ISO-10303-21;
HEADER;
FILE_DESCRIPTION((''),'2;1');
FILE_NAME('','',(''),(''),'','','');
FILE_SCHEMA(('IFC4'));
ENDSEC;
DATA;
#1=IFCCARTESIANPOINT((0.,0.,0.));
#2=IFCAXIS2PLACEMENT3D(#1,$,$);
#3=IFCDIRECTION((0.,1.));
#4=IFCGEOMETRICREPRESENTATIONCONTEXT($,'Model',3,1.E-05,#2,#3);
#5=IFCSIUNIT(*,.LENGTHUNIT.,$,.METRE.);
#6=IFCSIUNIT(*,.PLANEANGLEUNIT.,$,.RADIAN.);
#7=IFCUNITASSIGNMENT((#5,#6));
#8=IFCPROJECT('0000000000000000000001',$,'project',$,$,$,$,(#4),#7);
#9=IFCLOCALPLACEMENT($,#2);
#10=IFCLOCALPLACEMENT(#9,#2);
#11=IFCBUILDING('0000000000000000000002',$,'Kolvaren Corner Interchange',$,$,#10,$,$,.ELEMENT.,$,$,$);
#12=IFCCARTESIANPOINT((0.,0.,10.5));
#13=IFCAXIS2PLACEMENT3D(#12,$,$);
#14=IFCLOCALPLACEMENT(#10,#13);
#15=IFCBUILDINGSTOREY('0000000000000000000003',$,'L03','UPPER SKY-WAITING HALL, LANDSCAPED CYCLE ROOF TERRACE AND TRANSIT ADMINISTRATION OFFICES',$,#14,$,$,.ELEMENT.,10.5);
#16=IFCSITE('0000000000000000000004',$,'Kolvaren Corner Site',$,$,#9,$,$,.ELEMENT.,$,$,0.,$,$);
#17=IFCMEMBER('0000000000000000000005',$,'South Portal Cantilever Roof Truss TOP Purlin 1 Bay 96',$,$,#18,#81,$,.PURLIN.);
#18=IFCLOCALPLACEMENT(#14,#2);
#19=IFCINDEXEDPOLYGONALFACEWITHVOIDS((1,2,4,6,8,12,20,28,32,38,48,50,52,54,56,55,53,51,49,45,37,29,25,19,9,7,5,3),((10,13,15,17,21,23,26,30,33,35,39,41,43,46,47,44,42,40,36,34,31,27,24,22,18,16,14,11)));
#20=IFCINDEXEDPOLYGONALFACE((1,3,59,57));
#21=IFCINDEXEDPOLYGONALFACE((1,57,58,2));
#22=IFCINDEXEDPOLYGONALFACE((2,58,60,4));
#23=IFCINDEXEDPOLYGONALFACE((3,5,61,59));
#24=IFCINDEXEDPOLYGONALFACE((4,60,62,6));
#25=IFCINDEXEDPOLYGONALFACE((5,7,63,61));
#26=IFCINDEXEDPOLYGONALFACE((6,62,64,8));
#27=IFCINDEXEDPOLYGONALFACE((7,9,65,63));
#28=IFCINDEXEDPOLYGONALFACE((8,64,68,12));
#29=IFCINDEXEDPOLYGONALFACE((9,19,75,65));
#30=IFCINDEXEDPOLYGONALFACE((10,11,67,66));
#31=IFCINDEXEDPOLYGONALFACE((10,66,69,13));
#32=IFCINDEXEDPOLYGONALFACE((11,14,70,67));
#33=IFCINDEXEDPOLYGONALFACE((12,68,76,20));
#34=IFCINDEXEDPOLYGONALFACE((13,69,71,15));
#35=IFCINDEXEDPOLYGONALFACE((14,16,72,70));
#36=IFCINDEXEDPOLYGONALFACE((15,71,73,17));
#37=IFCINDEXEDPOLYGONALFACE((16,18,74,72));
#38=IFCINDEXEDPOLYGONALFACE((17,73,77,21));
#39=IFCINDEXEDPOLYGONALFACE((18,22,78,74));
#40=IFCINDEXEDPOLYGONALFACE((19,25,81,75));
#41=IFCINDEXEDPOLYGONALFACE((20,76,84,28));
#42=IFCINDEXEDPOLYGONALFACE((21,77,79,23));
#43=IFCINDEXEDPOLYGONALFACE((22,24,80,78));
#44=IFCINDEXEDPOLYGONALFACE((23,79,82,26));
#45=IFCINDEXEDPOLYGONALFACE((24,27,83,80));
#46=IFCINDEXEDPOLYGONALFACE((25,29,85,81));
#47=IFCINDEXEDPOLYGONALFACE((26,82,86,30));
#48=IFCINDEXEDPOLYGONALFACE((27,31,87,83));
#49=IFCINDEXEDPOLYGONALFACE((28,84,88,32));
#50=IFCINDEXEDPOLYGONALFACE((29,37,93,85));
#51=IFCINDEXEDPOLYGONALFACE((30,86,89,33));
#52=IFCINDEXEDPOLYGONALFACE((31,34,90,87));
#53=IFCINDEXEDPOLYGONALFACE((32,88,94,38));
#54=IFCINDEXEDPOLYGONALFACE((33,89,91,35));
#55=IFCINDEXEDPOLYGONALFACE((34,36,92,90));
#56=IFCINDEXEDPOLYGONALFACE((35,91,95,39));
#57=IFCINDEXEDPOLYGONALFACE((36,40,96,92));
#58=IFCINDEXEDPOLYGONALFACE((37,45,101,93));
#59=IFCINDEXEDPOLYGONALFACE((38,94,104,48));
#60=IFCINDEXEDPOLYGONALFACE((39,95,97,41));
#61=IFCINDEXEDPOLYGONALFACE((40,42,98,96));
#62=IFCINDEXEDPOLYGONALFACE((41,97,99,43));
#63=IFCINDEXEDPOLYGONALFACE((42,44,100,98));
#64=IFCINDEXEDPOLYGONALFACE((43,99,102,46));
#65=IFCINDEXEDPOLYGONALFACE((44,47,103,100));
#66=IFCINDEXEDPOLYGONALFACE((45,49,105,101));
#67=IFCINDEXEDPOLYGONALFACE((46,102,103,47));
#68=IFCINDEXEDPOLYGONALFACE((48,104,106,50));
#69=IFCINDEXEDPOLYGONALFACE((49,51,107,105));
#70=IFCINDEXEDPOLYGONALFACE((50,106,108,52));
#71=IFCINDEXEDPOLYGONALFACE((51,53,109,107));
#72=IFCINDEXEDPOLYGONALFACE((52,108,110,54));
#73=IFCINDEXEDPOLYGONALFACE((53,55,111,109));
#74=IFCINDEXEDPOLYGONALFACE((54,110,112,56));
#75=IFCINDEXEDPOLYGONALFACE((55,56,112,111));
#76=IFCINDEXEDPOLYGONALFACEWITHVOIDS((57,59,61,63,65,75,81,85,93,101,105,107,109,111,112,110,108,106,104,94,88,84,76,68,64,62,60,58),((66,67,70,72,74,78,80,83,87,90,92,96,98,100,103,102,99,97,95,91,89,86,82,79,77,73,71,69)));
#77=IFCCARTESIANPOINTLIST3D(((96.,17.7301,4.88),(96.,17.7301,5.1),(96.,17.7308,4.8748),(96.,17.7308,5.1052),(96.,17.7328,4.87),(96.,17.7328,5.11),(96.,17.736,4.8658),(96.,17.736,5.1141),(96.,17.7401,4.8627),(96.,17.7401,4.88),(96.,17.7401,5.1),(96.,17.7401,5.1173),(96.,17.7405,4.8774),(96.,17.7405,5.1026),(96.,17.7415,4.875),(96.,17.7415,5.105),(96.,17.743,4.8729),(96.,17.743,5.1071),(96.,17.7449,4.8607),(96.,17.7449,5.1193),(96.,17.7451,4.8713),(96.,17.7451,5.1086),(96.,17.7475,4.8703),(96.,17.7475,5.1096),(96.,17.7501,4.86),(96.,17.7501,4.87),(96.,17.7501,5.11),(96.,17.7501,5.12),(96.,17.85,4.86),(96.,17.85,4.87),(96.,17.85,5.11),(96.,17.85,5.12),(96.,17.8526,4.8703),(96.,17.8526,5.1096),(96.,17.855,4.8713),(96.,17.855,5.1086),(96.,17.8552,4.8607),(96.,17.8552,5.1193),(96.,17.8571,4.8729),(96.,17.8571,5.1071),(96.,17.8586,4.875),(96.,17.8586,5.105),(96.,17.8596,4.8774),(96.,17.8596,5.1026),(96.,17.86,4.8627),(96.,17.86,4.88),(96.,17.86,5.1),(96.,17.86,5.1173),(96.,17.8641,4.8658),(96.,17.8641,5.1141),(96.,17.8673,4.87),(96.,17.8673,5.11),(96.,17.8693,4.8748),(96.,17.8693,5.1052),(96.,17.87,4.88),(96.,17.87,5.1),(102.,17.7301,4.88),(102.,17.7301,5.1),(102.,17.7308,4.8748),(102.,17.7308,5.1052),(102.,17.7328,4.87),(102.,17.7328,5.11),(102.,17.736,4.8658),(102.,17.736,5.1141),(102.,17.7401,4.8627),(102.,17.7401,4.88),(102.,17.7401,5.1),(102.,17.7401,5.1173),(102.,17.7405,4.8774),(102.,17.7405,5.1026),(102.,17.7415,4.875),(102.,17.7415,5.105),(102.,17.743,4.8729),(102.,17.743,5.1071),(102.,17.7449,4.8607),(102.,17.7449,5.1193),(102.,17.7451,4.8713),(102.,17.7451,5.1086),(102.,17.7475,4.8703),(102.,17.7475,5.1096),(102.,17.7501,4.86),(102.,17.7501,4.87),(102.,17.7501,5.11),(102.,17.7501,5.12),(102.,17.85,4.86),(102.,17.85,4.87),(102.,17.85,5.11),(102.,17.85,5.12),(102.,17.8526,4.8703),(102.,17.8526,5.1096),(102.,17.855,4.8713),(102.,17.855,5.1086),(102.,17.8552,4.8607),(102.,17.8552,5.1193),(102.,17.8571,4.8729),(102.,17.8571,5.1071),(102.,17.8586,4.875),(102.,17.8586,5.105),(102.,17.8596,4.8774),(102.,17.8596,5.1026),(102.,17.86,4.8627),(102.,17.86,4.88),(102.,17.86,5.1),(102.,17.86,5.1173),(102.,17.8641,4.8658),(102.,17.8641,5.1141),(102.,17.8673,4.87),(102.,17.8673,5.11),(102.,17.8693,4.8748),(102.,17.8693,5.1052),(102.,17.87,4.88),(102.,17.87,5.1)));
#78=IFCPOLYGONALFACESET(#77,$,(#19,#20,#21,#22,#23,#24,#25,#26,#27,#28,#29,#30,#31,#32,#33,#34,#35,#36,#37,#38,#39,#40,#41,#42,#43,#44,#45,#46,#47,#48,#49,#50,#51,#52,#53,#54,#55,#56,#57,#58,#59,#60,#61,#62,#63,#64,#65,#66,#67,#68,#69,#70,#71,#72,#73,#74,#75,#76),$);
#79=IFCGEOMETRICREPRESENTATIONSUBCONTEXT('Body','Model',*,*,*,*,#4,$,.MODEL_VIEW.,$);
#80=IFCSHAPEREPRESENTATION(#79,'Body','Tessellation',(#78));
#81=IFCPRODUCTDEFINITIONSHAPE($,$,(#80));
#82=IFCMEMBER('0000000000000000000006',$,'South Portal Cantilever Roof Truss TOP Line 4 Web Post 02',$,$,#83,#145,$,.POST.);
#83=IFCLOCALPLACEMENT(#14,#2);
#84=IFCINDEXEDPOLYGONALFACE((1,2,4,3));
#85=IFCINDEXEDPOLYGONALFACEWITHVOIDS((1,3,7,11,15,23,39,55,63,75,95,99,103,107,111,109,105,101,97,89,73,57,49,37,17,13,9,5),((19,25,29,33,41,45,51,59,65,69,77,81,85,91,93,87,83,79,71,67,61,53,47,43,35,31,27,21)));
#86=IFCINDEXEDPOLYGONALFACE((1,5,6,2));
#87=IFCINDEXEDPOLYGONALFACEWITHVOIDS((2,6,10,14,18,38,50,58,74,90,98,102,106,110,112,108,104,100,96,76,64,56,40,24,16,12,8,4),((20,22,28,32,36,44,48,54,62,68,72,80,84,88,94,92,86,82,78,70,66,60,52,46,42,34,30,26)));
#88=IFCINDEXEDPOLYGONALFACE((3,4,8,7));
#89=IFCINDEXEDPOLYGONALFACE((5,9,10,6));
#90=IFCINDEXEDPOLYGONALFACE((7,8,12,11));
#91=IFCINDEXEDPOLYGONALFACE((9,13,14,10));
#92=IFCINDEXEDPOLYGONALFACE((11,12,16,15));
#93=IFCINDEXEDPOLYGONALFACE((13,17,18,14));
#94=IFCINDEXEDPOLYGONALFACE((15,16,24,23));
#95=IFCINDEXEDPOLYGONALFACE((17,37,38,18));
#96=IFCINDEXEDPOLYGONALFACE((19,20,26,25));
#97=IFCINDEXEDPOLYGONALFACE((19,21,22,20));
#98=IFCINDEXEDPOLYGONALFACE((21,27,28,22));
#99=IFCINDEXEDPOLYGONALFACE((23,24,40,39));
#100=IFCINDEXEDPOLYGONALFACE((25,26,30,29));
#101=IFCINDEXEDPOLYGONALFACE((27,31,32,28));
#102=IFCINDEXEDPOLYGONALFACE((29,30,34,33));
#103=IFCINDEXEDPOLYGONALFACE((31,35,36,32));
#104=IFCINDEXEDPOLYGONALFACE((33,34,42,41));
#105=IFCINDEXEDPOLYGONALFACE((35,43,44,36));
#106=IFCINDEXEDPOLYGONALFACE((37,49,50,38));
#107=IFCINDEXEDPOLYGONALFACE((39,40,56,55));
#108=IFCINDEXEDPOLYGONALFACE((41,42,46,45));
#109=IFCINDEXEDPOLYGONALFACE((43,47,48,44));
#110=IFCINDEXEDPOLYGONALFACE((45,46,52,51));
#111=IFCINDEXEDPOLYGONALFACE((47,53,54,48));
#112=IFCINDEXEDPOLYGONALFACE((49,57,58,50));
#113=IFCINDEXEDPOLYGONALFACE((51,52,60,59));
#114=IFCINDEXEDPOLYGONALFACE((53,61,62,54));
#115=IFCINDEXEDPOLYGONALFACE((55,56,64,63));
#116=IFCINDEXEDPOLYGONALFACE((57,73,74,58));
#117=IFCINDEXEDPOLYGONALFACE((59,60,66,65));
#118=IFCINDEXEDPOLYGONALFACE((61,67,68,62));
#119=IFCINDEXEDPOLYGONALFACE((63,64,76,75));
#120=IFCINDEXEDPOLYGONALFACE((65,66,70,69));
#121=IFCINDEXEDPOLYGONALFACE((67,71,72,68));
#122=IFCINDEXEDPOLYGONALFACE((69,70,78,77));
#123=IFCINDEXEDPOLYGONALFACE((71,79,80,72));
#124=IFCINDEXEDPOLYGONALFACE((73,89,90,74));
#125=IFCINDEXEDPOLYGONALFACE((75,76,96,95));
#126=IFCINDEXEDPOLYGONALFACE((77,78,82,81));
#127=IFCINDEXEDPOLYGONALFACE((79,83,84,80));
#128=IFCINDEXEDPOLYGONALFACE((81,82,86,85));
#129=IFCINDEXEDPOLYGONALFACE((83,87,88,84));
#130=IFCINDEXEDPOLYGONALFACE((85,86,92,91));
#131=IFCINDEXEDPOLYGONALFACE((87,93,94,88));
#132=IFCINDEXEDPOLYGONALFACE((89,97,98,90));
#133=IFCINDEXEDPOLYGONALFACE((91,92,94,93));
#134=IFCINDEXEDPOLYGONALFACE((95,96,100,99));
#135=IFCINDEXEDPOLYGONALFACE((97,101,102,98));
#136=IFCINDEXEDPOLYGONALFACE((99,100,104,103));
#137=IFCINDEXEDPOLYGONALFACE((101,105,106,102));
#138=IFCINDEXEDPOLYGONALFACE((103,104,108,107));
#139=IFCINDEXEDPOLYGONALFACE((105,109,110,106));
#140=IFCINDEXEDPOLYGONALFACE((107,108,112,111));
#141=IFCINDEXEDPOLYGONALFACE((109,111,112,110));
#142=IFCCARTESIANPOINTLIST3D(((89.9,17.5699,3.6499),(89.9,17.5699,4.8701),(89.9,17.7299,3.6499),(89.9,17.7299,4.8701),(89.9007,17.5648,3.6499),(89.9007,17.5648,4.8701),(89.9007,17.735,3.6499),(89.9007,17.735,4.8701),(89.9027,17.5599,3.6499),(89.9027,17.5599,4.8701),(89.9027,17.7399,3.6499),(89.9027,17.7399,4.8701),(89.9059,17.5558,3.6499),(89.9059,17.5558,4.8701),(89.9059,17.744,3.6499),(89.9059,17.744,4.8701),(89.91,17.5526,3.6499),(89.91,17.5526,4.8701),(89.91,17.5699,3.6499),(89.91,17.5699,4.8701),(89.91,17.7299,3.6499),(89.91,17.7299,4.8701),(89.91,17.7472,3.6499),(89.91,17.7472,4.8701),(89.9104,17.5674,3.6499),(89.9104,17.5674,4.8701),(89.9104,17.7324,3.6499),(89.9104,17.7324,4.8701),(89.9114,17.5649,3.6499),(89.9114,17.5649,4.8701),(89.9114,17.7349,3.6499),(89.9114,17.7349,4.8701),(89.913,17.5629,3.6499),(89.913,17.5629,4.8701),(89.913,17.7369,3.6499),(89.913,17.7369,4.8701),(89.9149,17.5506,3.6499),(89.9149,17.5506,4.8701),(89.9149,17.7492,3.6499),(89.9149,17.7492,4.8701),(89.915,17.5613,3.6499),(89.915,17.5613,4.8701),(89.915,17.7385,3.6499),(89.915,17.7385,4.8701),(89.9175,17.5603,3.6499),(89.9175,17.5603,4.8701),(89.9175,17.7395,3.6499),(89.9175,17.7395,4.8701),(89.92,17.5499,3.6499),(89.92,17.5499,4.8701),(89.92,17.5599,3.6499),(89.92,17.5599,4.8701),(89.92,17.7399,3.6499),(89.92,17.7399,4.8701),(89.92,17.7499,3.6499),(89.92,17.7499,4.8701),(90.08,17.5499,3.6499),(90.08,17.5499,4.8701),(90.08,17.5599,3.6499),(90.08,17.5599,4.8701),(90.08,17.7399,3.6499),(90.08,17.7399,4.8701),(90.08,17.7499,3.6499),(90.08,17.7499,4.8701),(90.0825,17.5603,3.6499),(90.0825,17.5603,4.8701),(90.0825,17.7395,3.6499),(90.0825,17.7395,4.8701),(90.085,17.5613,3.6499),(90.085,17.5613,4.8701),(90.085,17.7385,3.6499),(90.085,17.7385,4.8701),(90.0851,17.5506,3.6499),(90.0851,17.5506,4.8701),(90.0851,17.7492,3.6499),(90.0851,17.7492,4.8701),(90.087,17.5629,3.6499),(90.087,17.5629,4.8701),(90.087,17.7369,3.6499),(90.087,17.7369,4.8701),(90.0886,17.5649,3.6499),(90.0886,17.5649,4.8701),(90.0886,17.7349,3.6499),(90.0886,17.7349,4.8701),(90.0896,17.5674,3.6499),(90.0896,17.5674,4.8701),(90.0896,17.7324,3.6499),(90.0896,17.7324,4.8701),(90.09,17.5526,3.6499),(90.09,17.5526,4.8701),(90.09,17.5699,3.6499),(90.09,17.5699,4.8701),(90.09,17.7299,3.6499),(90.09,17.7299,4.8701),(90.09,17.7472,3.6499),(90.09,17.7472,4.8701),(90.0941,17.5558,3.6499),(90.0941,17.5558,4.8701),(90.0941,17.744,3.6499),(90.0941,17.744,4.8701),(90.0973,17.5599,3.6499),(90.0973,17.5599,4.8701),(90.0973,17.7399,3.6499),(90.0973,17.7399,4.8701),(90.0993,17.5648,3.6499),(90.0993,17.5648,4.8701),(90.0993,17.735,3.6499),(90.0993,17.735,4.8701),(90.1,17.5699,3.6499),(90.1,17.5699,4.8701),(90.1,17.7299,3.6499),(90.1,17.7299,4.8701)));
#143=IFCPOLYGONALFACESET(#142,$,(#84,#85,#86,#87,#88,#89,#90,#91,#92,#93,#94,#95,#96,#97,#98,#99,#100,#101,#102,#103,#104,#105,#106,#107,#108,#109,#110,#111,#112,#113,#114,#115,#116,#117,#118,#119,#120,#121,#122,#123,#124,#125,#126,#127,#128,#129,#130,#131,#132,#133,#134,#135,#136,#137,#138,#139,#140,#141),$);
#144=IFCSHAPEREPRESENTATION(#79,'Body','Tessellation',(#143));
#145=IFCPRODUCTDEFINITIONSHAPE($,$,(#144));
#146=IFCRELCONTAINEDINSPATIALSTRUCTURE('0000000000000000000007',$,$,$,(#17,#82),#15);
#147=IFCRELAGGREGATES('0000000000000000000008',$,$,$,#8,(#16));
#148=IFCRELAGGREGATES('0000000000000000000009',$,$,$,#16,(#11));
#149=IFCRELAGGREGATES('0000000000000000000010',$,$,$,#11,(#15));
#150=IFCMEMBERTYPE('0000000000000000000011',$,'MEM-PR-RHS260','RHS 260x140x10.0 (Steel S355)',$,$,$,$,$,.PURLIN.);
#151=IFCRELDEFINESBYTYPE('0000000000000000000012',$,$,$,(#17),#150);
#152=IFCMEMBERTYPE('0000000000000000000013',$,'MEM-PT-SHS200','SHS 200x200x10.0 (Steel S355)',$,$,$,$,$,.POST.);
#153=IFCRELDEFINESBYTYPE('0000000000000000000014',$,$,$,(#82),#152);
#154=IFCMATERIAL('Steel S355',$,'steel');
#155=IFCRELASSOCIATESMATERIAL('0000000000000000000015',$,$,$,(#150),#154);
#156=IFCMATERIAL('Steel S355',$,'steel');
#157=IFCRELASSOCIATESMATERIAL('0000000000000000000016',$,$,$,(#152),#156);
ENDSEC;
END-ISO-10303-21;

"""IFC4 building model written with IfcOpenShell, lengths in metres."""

from ifc_helpers import new_model, si_unit, direction, frame, origin, origin_2d, place, context, subcontext, project, spatial, hollow_rectangle, extrude, material, material_profile, profile_set, type_object, element, save


model = new_model("IFC4")

# Units and contexts
model_context = context("Model", 3, precision=1e-05, world=origin(), true_north=direction((0.0, 1.0)))
body_context = subcontext(model_context, "Body", "Model", "MODEL_VIEW")
ifc_project = project(units=[si_unit("LENGTHUNIT", "METRE"), si_unit("PLANEANGLEUNIT", "RADIAN")], contexts=[model_context])

# Site, building, storey
site_placement = place(None, origin())
site = spatial("IfcSite", under=ifc_project, at=site_placement, Name="Kolvaren Corner Site", CompositionType="ELEMENT", RefElevation=0.0)
building_placement = place(site_placement, origin())
building = spatial("IfcBuilding", under=site, at=building_placement, Name="Kolvaren Corner Interchange", CompositionType="ELEMENT")
storey_placement = place(building_placement, frame((0.0, 0.0, 10.5)))
storey = spatial("IfcBuildingStorey", under=building, at=storey_placement, Name="L03", Description="UPPER SKY-WAITING HALL, LANDSCAPED CYCLE ROOF TERRACE AND TRANSIT ADMINISTRATION OFFICES", CompositionType="ELEMENT", Elevation=10.5)

# Members
ifc_material_1 = material(Name="Steel S355", Category="steel")
ifc_material_profile_1 = material_profile(ifc_material_1, hollow_rectangle(XDim=0.1399, YDim=0.26, WallThickness=0.01, InnerFilletRadius=0.01, OuterFilletRadius=0.02, at=origin_2d()), Name="RHS 260x140x10.0")
ifc_profile_set_1 = profile_set([ifc_material_profile_1], Name="Steel S355")
member_type_1 = type_object("IfcMemberType", Name="MEM-PR-RHS260", Description="RHS 260x140x10.0 (Steel S355)", PredefinedType="PURLIN", material=ifc_profile_set_1)
for number, where, z_axis, x_axis, name in (
    (1, (96.0, 17.8, 4.99), (1.0, 0.0, 0.0), (0.0, 1.0, 0.0), "South Portal Cantilever Roof Truss TOP Purlin 1 Bay 96"),
):
    element("IfcMember", number, at=place(storey_placement, frame(where, z_axis=z_axis, x_axis=x_axis)), inside=storey, type_object=member_type_1, Name=name, PredefinedType="PURLIN", context=body_context, shape_type="SweptSolid", body=[
        extrude(hollow_rectangle(XDim=0.1399, YDim=0.26, WallThickness=0.01, InnerFilletRadius=0.01, OuterFilletRadius=0.02, at=origin_2d()), origin(), (0.0, 0.0, 1.0), 6.0),
    ])
ifc_material_2 = material(Name="Steel S355", Category="steel")
ifc_material_profile_2 = material_profile(ifc_material_2, hollow_rectangle(XDim=0.2, YDim=0.2, WallThickness=0.01, InnerFilletRadius=0.01, OuterFilletRadius=0.02, at=origin_2d()), Name="SHS 200x200x10.0")
ifc_profile_set_2 = profile_set([ifc_material_profile_2], Name="Steel S355")
member_type_2 = type_object("IfcMemberType", Name="MEM-PT-SHS200", Description="SHS 200x200x10.0 (Steel S355)", PredefinedType="POST", material=ifc_profile_set_2)
for number, where, z_axis, x_axis, name in (
    (2, (90.0, 17.6499, 3.6499), (0.0, 0.0, 1.0), (1.0, 0.0, 0.0), "South Portal Cantilever Roof Truss TOP Line 4 Web Post 02"),
):
    element("IfcMember", number, at=place(storey_placement, frame(where, z_axis=z_axis, x_axis=x_axis)), inside=storey, type_object=member_type_2, Name=name, PredefinedType="POST", context=body_context, shape_type="SweptSolid", body=[
        extrude(hollow_rectangle(XDim=0.2, YDim=0.2, WallThickness=0.01, InnerFilletRadius=0.01, OuterFilletRadius=0.02, at=origin_2d()), origin(), (0.0, 0.0, 1.0), 1.2202),
    ])

save(model, "model.ifc")
